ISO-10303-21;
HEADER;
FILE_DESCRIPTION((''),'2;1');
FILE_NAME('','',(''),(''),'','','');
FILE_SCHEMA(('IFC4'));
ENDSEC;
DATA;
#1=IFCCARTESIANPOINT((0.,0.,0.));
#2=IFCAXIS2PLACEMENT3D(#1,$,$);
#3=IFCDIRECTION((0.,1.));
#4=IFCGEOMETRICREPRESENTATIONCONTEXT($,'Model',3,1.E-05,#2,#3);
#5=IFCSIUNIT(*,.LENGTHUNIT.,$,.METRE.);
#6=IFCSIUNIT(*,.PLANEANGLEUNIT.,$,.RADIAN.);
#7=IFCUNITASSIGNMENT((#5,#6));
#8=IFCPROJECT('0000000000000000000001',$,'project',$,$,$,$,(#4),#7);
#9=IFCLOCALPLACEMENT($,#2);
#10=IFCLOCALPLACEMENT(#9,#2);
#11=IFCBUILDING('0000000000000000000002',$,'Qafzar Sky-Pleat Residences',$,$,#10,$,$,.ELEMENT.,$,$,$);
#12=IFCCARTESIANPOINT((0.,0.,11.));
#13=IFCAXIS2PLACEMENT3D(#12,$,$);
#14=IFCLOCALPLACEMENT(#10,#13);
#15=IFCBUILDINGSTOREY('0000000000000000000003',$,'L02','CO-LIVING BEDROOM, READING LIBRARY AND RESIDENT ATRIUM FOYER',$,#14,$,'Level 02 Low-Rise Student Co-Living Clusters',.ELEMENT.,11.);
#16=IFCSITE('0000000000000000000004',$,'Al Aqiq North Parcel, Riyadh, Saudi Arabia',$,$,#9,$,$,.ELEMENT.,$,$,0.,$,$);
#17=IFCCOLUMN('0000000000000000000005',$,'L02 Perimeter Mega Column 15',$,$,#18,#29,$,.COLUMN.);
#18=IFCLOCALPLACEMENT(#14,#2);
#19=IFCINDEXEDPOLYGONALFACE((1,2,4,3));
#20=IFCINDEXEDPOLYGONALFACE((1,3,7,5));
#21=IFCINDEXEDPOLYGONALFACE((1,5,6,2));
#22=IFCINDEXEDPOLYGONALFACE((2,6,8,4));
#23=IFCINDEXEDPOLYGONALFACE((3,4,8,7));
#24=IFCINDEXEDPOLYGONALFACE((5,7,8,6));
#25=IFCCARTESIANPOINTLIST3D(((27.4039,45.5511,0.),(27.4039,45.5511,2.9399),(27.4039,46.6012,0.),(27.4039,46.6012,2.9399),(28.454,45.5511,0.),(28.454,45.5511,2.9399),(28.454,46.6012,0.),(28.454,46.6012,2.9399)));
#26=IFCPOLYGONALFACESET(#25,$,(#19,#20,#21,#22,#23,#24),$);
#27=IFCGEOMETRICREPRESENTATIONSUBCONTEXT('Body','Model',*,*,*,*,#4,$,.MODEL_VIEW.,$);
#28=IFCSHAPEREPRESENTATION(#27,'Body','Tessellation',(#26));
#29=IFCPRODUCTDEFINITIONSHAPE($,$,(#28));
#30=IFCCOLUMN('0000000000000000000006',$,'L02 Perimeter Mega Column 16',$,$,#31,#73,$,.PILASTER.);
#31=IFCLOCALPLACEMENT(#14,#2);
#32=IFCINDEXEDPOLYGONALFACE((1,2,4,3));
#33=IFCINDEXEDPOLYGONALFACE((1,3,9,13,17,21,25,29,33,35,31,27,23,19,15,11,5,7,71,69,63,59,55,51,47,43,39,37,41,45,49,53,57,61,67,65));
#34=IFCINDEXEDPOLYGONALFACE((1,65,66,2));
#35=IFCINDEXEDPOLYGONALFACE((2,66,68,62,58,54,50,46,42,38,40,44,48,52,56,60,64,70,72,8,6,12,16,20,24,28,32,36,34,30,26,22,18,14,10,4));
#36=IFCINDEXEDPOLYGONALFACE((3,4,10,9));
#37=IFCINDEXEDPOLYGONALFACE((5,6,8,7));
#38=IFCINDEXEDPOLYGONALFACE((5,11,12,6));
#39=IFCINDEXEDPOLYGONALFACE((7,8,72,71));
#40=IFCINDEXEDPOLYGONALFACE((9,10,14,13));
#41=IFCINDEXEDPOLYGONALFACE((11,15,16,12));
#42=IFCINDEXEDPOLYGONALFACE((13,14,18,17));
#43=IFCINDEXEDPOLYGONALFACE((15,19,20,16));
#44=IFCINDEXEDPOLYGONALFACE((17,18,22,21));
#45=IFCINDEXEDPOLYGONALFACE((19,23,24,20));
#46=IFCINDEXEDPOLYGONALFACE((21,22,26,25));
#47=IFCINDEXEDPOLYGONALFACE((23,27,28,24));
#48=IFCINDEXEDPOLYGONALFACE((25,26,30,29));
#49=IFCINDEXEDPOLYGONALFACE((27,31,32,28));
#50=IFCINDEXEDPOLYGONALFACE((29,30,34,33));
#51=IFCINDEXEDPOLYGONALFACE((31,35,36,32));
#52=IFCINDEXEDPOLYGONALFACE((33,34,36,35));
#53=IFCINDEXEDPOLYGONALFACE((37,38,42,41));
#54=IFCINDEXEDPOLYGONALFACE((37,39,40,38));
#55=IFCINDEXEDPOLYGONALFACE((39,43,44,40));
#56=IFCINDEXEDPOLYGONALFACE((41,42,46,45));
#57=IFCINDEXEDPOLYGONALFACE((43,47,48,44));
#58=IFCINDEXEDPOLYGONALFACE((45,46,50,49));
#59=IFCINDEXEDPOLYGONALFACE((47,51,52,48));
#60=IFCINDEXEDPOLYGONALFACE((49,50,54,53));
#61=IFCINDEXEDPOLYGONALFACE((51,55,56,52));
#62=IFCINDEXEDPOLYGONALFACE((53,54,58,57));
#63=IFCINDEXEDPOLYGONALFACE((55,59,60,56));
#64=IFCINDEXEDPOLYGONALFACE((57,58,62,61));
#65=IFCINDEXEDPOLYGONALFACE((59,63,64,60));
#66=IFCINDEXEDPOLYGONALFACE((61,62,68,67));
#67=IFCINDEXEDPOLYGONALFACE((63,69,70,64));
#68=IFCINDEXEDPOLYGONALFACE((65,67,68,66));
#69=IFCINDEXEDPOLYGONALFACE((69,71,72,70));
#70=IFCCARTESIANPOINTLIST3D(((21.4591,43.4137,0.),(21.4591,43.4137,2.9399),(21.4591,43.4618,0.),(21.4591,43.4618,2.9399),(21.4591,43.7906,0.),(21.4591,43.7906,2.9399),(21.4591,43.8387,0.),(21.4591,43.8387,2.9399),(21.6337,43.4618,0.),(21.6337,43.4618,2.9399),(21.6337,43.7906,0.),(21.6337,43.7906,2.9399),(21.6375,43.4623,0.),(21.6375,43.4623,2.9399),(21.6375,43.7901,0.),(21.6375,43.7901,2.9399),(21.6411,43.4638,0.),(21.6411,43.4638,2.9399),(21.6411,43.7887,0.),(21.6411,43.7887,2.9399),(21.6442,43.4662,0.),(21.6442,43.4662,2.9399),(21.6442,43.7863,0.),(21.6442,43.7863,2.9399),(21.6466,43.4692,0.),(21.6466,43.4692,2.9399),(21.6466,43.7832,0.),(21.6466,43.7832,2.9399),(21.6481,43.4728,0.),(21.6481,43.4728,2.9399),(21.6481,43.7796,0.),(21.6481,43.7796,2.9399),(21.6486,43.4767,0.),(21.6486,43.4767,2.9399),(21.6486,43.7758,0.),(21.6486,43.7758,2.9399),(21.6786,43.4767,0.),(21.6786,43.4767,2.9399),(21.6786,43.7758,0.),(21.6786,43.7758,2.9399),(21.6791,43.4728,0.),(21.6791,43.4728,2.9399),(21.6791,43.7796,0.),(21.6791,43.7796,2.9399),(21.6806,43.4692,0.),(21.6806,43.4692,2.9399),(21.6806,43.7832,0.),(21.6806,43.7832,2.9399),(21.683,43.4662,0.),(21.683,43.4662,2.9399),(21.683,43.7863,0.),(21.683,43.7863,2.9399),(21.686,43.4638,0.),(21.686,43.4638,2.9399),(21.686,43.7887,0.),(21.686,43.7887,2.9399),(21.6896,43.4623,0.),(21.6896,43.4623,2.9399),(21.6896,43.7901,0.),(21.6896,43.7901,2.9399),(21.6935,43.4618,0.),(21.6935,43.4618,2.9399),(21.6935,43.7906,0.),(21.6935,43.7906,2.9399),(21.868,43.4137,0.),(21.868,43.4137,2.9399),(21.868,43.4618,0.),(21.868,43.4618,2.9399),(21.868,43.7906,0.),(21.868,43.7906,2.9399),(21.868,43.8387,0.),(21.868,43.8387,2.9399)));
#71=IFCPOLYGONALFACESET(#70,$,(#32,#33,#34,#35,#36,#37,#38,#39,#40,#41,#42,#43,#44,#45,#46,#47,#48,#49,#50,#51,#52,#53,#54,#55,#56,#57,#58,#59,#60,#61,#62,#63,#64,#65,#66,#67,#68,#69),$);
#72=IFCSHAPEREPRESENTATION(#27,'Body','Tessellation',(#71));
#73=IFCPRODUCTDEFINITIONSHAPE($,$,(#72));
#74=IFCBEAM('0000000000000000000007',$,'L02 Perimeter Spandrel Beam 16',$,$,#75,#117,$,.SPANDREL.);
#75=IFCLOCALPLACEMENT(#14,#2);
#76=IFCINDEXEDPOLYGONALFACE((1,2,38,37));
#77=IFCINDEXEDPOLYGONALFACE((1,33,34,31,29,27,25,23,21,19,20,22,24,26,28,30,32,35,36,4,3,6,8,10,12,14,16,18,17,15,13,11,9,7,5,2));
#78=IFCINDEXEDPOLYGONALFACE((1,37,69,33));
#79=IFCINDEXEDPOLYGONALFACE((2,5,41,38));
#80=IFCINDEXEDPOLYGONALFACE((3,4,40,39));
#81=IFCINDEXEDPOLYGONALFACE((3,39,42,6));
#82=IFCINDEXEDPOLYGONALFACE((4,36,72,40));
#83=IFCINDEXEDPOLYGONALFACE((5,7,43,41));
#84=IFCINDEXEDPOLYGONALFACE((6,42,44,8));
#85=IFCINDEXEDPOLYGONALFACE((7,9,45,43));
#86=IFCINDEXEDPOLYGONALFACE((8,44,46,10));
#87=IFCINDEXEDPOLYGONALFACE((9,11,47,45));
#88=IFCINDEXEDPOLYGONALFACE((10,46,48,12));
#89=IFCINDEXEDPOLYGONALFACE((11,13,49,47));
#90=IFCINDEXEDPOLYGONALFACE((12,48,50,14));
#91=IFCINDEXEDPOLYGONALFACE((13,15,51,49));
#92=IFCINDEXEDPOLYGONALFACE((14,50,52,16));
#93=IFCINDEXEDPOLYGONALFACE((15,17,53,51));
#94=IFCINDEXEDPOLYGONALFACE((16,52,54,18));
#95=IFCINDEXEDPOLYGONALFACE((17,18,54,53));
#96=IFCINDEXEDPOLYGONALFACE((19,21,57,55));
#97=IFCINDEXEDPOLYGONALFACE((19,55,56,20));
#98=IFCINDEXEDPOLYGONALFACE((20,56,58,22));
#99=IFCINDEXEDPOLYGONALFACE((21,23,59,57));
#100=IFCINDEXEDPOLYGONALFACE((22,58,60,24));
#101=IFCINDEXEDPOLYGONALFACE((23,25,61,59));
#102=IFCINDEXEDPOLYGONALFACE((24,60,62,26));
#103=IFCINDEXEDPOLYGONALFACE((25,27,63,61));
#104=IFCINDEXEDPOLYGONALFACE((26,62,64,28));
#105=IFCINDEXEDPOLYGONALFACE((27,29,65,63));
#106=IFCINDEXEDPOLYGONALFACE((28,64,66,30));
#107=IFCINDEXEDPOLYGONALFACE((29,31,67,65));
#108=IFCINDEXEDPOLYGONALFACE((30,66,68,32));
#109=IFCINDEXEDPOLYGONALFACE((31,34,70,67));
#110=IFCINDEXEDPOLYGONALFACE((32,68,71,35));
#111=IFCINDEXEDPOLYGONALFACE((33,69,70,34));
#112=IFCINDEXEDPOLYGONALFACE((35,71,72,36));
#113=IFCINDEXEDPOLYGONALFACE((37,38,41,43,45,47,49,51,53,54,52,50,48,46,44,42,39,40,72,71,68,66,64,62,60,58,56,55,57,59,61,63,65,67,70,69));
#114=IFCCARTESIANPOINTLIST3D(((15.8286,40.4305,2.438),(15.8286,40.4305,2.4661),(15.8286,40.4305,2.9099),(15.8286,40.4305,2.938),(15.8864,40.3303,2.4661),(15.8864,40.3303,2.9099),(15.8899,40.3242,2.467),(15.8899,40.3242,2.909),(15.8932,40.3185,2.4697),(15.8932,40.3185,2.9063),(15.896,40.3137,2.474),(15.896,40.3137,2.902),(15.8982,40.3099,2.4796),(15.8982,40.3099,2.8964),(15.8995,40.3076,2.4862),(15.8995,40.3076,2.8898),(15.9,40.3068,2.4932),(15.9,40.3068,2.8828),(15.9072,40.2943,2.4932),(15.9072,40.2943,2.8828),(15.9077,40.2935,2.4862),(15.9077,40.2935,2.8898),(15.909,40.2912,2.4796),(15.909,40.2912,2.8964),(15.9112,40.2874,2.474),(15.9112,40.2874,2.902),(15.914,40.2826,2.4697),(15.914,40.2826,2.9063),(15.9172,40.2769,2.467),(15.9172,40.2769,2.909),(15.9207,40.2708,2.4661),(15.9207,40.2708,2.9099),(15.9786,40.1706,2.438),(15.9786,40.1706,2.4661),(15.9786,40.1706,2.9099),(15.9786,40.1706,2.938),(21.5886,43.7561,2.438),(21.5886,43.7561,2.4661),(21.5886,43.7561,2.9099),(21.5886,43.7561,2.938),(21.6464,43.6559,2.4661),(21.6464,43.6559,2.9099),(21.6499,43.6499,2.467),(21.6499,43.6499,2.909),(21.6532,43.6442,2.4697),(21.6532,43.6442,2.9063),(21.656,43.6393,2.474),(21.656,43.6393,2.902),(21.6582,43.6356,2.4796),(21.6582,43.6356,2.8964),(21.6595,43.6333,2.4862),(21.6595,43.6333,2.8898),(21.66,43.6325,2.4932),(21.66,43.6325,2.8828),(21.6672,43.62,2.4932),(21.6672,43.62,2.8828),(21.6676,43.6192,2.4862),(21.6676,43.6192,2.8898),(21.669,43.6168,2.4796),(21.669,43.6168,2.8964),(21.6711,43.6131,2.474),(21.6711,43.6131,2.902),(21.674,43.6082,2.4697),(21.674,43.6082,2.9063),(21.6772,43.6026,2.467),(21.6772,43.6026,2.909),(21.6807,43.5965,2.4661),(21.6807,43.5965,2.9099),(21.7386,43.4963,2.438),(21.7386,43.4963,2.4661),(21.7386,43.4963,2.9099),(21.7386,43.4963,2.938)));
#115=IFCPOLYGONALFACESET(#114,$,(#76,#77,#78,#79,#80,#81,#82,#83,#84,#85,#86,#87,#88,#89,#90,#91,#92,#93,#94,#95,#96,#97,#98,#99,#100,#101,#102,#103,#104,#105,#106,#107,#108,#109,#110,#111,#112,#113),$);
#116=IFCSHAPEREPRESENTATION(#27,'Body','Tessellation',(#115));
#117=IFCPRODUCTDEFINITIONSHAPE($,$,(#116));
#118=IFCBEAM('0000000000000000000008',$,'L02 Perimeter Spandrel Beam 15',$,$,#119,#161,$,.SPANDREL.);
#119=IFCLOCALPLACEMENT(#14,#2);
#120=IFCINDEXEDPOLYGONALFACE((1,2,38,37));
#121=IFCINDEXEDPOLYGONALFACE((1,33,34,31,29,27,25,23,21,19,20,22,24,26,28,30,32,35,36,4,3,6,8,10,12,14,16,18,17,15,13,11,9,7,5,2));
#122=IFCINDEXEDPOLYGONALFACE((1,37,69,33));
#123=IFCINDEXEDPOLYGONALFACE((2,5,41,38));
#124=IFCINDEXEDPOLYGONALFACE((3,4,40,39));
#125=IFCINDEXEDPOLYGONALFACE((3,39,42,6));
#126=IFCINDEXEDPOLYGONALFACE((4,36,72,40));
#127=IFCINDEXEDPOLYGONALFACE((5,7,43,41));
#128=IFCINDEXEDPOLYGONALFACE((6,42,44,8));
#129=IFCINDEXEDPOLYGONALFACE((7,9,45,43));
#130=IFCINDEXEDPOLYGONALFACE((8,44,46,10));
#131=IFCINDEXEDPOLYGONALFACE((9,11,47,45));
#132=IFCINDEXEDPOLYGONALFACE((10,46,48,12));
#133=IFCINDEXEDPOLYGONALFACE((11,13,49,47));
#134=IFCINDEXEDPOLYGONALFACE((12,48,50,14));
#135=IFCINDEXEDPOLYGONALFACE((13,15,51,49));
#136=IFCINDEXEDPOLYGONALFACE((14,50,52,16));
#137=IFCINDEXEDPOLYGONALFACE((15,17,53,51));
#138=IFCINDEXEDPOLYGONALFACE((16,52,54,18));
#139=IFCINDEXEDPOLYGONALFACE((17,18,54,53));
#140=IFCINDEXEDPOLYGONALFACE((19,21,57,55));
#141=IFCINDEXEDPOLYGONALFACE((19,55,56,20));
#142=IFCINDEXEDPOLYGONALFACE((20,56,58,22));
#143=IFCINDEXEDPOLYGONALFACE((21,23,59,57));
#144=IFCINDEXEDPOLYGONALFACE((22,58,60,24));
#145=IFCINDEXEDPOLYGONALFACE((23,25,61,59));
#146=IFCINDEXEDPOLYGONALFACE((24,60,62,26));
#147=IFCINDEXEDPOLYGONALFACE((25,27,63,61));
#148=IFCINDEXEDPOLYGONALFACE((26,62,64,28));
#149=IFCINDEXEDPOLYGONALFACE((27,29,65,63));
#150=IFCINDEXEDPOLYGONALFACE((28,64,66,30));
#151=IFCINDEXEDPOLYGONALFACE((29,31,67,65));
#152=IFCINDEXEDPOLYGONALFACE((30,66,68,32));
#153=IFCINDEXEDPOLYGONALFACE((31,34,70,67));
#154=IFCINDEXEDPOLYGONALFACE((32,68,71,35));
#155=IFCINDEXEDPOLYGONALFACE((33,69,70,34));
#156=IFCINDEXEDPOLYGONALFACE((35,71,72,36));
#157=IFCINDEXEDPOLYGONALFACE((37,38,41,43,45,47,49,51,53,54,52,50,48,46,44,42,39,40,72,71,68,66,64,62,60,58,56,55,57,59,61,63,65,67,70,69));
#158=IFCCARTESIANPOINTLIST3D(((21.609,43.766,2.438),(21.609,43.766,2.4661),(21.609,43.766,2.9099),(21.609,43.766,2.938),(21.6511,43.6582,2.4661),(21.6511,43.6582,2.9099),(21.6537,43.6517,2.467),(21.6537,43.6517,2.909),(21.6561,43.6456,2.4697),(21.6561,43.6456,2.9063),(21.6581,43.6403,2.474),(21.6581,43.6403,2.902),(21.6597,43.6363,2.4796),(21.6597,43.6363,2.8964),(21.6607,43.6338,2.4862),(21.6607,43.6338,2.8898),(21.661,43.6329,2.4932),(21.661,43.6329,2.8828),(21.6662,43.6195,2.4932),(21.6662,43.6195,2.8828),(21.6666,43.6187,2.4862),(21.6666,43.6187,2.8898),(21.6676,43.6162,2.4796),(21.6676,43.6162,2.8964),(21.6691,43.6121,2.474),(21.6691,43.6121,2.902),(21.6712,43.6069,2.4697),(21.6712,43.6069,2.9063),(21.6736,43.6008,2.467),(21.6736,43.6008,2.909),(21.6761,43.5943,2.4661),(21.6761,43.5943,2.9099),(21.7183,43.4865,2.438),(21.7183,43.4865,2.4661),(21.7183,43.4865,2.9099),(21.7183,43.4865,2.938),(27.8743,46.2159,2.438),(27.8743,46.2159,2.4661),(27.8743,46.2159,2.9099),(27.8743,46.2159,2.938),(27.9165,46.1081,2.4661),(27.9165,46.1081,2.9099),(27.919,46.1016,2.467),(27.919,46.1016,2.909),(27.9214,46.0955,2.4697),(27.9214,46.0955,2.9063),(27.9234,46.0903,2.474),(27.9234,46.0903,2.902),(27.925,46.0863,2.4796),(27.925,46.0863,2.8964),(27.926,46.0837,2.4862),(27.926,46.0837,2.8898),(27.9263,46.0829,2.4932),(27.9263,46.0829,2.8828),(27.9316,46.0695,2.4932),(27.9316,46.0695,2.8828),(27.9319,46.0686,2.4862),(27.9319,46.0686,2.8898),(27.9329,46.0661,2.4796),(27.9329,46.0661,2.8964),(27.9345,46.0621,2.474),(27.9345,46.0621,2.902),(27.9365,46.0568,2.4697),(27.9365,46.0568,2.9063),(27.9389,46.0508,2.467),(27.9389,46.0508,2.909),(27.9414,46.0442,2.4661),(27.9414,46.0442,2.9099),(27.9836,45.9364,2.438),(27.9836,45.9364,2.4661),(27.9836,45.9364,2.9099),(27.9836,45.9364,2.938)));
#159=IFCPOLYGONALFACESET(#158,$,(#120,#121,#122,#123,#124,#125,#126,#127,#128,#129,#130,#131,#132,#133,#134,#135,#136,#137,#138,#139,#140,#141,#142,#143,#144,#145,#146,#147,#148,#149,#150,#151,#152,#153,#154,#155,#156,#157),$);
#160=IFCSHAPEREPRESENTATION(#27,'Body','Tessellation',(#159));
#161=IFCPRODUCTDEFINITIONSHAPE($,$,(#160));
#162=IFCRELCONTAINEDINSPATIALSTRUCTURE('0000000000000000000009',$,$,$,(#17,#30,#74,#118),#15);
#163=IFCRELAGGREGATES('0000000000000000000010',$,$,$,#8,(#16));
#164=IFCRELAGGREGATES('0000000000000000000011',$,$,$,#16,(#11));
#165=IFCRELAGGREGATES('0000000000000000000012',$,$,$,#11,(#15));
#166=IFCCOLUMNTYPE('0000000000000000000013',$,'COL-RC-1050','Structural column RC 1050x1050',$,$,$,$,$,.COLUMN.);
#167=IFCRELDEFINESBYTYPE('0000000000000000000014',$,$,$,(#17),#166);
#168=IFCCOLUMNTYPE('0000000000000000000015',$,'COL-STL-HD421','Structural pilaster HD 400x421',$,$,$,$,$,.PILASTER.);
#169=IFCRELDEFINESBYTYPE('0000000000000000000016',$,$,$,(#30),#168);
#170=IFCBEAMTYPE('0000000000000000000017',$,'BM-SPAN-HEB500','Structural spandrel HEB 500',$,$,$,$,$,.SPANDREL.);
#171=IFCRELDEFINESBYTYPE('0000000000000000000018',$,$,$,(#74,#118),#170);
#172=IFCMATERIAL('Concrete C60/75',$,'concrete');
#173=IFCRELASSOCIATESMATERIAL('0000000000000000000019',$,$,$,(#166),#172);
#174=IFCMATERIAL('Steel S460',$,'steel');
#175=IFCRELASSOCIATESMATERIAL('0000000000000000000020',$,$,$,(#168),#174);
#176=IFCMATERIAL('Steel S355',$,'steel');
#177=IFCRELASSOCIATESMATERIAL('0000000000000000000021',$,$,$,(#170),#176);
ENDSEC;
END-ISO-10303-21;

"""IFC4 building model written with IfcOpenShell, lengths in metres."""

from ifc_helpers import new_model, si_unit, direction, frame, origin, origin_2d, place, context, subcontext, project, spatial, rectangle, i_section, extrude, source, transform, mapped, material, material_profile, profile_set, type_object, element, save


model = new_model("IFC4")

# Units and contexts
model_context = context("Model", 3, precision=1e-05, world=origin(), true_north=direction((0.0, 1.0)))
body_context = subcontext(model_context, "Body", "Model", "MODEL_VIEW")
ifc_project = project(units=[si_unit("LENGTHUNIT", "METRE"), si_unit("PLANEANGLEUNIT", "RADIAN")], contexts=[model_context])

# Site, building, storey
site_placement = place(None, origin())
site = spatial("IfcSite", under=ifc_project, at=site_placement, Name="Al Aqiq North Parcel, Riyadh, Saudi Arabia", CompositionType="ELEMENT", RefElevation=0.0)
building_placement = place(site_placement, origin())
building = spatial("IfcBuilding", under=site, at=building_placement, Name="Qafzar Sky-Pleat Residences", CompositionType="ELEMENT")
storey_placement = place(building_placement, frame((0.0, 0.0, 11.0)))
storey = spatial("IfcBuildingStorey", under=building, at=storey_placement, Name="L02", Description="CO-LIVING BEDROOM, READING LIBRARY AND RESIDENT ATRIUM FOYER", LongName="Level 02 Low-Rise Student Co-Living Clusters", CompositionType="ELEMENT", Elevation=11.0)

# Columns
ifc_material_1 = material(Name="Concrete C60/75", Category="concrete")
ifc_material_profile_1 = material_profile(ifc_material_1, rectangle(XDim=1.05, YDim=1.05, at=origin_2d()), Name="RC 1050x1050")
ifc_profile_set_1 = profile_set([ifc_material_profile_1], Name="Concrete C60/75")
column_type_1 = type_object("IfcColumnType", Name="COL-RC-1050", Description="Structural column RC 1050x1050", PredefinedType="COLUMN", material=ifc_profile_set_1)
shared_shape_1 = source(origin(), body_context, "Body", "SweptSolid", [
    extrude(rectangle(XDim=1.05, YDim=1.05, at=origin_2d()), origin(), (0.0, 0.0, 1.0), 2.9399),
])
column_1_placement = place(storey_placement, frame((27.929, 46.0762, 0.0), z_axis=(0.0, 0.0, 1.0), x_axis=(1.0, 0.0, 0.0)))
element("IfcColumn", 1, at=column_1_placement, inside=storey, type_object=column_type_1, Name="L02 Perimeter Mega Column 15", PredefinedType="COLUMN", context=body_context, shape_type="MappedRepresentation", body=[
    mapped(shared_shape_1, transform((0.0, 0.0, 0.0), x_axis=(1.0, 0.0, 0.0), y_axis=(0.0, 1.0, 0.0), z_axis=(0.0, 0.0, 1.0), scale=1.0)),
])
ifc_material_2 = material(Name="Steel S460", Category="steel")
ifc_material_profile_2 = material_profile(ifc_material_2, i_section(OverallWidth=0.4089, OverallDepth=0.425, WebThickness=0.03, FlangeThickness=0.0481, FilletRadius=0.0149, at=origin_2d()), Name="HD 400x421")
ifc_profile_set_2 = profile_set([ifc_material_profile_2], Name="Steel S460")
column_type_2 = type_object("IfcColumnType", Name="COL-STL-HD421", Description="Structural pilaster HD 400x421", PredefinedType="PILASTER", material=ifc_profile_set_2)
shared_shape_2 = source(origin(), body_context, "Body", "SweptSolid", [
    extrude(i_section(OverallWidth=0.4089, OverallDepth=0.425, WebThickness=0.03, FlangeThickness=0.0481, FilletRadius=0.0149, at=origin_2d()), origin(), (0.0, 0.0, 1.0), 2.9399),
])
column_2_placement = place(storey_placement, frame((21.6636, 43.6262, 0.0), z_axis=(0.0, 0.0, 1.0), x_axis=(1.0, 0.0, 0.0)))
element("IfcColumn", 2, at=column_2_placement, inside=storey, type_object=column_type_2, Name="L02 Perimeter Mega Column 16", PredefinedType="PILASTER", context=body_context, shape_type="MappedRepresentation", body=[
    mapped(shared_shape_2, transform((0.0, 0.0, 0.0), x_axis=(1.0, 0.0, 0.0), y_axis=(0.0, 1.0, 0.0), z_axis=(0.0, 0.0, 1.0), scale=1.0)),
])

# Beams
ifc_material_3 = material(Name="Steel S355", Category="steel")
ifc_material_profile_3 = material_profile(ifc_material_3, i_section(OverallWidth=0.3, OverallDepth=0.5, WebThickness=0.0144, FlangeThickness=0.0281, FilletRadius=0.0271, at=origin_2d()), Name="HEB 500")
ifc_profile_set_3 = profile_set([ifc_material_profile_3], Name="Steel S355")
beam_type_1 = type_object("IfcBeamType", Name="BM-SPAN-HEB500", Description="Structural spandrel HEB 500", PredefinedType="SPANDREL", material=ifc_profile_set_3)
shared_shape_3 = source(origin(), body_context, "Body", "SweptSolid", [
    extrude(i_section(OverallWidth=0.3, OverallDepth=0.5, WebThickness=0.0144, FlangeThickness=0.0281, FilletRadius=0.0271, at=origin_2d()), origin(), (0.0, 0.0, 1.0), 6.6511),
])
beam_1_placement = place(storey_placement, frame((21.6636, 43.6262, 2.688), z_axis=(-0.866016, -0.500016, 0.0), x_axis=(0.500016, -0.866016, 0.0)))
element("IfcBeam", 3, at=beam_1_placement, inside=storey, type_object=beam_type_1, Name="L02 Perimeter Spandrel Beam 16", PredefinedType="SPANDREL", context=body_context, shape_type="MappedRepresentation", body=[
    mapped(shared_shape_3, transform((0.0, 0.0, 0.0), x_axis=(1.0, 0.0, 0.0), y_axis=(0.0, 1.0, 0.0), z_axis=(0.0, 0.0, 1.0), scale=1.0)),
])
shared_shape_4 = source(origin(), body_context, "Body", "SweptSolid", [
    extrude(i_section(OverallWidth=0.3, OverallDepth=0.5, WebThickness=0.0144, FlangeThickness=0.0281, FilletRadius=0.0271, at=origin_2d()), origin(), (0.0, 0.0, 1.0), 6.7273),
])
beam_2_placement = place(storey_placement, frame((27.929, 46.0762, 2.688), z_axis=(-0.931329, -0.364178, 0.0), x_axis=(0.364178, -0.931329, 0.0)))
element("IfcBeam", 4, at=beam_2_placement, inside=storey, type_object=beam_type_1, Name="L02 Perimeter Spandrel Beam 15", PredefinedType="SPANDREL", context=body_context, shape_type="MappedRepresentation", body=[
    mapped(shared_shape_4, transform((0.0, 0.0, 0.0), x_axis=(1.0, 0.0, 0.0), y_axis=(0.0, 1.0, 0.0), z_axis=(0.0, 0.0, 1.0), scale=1.0)),
])

save(model, "model.ifc")
